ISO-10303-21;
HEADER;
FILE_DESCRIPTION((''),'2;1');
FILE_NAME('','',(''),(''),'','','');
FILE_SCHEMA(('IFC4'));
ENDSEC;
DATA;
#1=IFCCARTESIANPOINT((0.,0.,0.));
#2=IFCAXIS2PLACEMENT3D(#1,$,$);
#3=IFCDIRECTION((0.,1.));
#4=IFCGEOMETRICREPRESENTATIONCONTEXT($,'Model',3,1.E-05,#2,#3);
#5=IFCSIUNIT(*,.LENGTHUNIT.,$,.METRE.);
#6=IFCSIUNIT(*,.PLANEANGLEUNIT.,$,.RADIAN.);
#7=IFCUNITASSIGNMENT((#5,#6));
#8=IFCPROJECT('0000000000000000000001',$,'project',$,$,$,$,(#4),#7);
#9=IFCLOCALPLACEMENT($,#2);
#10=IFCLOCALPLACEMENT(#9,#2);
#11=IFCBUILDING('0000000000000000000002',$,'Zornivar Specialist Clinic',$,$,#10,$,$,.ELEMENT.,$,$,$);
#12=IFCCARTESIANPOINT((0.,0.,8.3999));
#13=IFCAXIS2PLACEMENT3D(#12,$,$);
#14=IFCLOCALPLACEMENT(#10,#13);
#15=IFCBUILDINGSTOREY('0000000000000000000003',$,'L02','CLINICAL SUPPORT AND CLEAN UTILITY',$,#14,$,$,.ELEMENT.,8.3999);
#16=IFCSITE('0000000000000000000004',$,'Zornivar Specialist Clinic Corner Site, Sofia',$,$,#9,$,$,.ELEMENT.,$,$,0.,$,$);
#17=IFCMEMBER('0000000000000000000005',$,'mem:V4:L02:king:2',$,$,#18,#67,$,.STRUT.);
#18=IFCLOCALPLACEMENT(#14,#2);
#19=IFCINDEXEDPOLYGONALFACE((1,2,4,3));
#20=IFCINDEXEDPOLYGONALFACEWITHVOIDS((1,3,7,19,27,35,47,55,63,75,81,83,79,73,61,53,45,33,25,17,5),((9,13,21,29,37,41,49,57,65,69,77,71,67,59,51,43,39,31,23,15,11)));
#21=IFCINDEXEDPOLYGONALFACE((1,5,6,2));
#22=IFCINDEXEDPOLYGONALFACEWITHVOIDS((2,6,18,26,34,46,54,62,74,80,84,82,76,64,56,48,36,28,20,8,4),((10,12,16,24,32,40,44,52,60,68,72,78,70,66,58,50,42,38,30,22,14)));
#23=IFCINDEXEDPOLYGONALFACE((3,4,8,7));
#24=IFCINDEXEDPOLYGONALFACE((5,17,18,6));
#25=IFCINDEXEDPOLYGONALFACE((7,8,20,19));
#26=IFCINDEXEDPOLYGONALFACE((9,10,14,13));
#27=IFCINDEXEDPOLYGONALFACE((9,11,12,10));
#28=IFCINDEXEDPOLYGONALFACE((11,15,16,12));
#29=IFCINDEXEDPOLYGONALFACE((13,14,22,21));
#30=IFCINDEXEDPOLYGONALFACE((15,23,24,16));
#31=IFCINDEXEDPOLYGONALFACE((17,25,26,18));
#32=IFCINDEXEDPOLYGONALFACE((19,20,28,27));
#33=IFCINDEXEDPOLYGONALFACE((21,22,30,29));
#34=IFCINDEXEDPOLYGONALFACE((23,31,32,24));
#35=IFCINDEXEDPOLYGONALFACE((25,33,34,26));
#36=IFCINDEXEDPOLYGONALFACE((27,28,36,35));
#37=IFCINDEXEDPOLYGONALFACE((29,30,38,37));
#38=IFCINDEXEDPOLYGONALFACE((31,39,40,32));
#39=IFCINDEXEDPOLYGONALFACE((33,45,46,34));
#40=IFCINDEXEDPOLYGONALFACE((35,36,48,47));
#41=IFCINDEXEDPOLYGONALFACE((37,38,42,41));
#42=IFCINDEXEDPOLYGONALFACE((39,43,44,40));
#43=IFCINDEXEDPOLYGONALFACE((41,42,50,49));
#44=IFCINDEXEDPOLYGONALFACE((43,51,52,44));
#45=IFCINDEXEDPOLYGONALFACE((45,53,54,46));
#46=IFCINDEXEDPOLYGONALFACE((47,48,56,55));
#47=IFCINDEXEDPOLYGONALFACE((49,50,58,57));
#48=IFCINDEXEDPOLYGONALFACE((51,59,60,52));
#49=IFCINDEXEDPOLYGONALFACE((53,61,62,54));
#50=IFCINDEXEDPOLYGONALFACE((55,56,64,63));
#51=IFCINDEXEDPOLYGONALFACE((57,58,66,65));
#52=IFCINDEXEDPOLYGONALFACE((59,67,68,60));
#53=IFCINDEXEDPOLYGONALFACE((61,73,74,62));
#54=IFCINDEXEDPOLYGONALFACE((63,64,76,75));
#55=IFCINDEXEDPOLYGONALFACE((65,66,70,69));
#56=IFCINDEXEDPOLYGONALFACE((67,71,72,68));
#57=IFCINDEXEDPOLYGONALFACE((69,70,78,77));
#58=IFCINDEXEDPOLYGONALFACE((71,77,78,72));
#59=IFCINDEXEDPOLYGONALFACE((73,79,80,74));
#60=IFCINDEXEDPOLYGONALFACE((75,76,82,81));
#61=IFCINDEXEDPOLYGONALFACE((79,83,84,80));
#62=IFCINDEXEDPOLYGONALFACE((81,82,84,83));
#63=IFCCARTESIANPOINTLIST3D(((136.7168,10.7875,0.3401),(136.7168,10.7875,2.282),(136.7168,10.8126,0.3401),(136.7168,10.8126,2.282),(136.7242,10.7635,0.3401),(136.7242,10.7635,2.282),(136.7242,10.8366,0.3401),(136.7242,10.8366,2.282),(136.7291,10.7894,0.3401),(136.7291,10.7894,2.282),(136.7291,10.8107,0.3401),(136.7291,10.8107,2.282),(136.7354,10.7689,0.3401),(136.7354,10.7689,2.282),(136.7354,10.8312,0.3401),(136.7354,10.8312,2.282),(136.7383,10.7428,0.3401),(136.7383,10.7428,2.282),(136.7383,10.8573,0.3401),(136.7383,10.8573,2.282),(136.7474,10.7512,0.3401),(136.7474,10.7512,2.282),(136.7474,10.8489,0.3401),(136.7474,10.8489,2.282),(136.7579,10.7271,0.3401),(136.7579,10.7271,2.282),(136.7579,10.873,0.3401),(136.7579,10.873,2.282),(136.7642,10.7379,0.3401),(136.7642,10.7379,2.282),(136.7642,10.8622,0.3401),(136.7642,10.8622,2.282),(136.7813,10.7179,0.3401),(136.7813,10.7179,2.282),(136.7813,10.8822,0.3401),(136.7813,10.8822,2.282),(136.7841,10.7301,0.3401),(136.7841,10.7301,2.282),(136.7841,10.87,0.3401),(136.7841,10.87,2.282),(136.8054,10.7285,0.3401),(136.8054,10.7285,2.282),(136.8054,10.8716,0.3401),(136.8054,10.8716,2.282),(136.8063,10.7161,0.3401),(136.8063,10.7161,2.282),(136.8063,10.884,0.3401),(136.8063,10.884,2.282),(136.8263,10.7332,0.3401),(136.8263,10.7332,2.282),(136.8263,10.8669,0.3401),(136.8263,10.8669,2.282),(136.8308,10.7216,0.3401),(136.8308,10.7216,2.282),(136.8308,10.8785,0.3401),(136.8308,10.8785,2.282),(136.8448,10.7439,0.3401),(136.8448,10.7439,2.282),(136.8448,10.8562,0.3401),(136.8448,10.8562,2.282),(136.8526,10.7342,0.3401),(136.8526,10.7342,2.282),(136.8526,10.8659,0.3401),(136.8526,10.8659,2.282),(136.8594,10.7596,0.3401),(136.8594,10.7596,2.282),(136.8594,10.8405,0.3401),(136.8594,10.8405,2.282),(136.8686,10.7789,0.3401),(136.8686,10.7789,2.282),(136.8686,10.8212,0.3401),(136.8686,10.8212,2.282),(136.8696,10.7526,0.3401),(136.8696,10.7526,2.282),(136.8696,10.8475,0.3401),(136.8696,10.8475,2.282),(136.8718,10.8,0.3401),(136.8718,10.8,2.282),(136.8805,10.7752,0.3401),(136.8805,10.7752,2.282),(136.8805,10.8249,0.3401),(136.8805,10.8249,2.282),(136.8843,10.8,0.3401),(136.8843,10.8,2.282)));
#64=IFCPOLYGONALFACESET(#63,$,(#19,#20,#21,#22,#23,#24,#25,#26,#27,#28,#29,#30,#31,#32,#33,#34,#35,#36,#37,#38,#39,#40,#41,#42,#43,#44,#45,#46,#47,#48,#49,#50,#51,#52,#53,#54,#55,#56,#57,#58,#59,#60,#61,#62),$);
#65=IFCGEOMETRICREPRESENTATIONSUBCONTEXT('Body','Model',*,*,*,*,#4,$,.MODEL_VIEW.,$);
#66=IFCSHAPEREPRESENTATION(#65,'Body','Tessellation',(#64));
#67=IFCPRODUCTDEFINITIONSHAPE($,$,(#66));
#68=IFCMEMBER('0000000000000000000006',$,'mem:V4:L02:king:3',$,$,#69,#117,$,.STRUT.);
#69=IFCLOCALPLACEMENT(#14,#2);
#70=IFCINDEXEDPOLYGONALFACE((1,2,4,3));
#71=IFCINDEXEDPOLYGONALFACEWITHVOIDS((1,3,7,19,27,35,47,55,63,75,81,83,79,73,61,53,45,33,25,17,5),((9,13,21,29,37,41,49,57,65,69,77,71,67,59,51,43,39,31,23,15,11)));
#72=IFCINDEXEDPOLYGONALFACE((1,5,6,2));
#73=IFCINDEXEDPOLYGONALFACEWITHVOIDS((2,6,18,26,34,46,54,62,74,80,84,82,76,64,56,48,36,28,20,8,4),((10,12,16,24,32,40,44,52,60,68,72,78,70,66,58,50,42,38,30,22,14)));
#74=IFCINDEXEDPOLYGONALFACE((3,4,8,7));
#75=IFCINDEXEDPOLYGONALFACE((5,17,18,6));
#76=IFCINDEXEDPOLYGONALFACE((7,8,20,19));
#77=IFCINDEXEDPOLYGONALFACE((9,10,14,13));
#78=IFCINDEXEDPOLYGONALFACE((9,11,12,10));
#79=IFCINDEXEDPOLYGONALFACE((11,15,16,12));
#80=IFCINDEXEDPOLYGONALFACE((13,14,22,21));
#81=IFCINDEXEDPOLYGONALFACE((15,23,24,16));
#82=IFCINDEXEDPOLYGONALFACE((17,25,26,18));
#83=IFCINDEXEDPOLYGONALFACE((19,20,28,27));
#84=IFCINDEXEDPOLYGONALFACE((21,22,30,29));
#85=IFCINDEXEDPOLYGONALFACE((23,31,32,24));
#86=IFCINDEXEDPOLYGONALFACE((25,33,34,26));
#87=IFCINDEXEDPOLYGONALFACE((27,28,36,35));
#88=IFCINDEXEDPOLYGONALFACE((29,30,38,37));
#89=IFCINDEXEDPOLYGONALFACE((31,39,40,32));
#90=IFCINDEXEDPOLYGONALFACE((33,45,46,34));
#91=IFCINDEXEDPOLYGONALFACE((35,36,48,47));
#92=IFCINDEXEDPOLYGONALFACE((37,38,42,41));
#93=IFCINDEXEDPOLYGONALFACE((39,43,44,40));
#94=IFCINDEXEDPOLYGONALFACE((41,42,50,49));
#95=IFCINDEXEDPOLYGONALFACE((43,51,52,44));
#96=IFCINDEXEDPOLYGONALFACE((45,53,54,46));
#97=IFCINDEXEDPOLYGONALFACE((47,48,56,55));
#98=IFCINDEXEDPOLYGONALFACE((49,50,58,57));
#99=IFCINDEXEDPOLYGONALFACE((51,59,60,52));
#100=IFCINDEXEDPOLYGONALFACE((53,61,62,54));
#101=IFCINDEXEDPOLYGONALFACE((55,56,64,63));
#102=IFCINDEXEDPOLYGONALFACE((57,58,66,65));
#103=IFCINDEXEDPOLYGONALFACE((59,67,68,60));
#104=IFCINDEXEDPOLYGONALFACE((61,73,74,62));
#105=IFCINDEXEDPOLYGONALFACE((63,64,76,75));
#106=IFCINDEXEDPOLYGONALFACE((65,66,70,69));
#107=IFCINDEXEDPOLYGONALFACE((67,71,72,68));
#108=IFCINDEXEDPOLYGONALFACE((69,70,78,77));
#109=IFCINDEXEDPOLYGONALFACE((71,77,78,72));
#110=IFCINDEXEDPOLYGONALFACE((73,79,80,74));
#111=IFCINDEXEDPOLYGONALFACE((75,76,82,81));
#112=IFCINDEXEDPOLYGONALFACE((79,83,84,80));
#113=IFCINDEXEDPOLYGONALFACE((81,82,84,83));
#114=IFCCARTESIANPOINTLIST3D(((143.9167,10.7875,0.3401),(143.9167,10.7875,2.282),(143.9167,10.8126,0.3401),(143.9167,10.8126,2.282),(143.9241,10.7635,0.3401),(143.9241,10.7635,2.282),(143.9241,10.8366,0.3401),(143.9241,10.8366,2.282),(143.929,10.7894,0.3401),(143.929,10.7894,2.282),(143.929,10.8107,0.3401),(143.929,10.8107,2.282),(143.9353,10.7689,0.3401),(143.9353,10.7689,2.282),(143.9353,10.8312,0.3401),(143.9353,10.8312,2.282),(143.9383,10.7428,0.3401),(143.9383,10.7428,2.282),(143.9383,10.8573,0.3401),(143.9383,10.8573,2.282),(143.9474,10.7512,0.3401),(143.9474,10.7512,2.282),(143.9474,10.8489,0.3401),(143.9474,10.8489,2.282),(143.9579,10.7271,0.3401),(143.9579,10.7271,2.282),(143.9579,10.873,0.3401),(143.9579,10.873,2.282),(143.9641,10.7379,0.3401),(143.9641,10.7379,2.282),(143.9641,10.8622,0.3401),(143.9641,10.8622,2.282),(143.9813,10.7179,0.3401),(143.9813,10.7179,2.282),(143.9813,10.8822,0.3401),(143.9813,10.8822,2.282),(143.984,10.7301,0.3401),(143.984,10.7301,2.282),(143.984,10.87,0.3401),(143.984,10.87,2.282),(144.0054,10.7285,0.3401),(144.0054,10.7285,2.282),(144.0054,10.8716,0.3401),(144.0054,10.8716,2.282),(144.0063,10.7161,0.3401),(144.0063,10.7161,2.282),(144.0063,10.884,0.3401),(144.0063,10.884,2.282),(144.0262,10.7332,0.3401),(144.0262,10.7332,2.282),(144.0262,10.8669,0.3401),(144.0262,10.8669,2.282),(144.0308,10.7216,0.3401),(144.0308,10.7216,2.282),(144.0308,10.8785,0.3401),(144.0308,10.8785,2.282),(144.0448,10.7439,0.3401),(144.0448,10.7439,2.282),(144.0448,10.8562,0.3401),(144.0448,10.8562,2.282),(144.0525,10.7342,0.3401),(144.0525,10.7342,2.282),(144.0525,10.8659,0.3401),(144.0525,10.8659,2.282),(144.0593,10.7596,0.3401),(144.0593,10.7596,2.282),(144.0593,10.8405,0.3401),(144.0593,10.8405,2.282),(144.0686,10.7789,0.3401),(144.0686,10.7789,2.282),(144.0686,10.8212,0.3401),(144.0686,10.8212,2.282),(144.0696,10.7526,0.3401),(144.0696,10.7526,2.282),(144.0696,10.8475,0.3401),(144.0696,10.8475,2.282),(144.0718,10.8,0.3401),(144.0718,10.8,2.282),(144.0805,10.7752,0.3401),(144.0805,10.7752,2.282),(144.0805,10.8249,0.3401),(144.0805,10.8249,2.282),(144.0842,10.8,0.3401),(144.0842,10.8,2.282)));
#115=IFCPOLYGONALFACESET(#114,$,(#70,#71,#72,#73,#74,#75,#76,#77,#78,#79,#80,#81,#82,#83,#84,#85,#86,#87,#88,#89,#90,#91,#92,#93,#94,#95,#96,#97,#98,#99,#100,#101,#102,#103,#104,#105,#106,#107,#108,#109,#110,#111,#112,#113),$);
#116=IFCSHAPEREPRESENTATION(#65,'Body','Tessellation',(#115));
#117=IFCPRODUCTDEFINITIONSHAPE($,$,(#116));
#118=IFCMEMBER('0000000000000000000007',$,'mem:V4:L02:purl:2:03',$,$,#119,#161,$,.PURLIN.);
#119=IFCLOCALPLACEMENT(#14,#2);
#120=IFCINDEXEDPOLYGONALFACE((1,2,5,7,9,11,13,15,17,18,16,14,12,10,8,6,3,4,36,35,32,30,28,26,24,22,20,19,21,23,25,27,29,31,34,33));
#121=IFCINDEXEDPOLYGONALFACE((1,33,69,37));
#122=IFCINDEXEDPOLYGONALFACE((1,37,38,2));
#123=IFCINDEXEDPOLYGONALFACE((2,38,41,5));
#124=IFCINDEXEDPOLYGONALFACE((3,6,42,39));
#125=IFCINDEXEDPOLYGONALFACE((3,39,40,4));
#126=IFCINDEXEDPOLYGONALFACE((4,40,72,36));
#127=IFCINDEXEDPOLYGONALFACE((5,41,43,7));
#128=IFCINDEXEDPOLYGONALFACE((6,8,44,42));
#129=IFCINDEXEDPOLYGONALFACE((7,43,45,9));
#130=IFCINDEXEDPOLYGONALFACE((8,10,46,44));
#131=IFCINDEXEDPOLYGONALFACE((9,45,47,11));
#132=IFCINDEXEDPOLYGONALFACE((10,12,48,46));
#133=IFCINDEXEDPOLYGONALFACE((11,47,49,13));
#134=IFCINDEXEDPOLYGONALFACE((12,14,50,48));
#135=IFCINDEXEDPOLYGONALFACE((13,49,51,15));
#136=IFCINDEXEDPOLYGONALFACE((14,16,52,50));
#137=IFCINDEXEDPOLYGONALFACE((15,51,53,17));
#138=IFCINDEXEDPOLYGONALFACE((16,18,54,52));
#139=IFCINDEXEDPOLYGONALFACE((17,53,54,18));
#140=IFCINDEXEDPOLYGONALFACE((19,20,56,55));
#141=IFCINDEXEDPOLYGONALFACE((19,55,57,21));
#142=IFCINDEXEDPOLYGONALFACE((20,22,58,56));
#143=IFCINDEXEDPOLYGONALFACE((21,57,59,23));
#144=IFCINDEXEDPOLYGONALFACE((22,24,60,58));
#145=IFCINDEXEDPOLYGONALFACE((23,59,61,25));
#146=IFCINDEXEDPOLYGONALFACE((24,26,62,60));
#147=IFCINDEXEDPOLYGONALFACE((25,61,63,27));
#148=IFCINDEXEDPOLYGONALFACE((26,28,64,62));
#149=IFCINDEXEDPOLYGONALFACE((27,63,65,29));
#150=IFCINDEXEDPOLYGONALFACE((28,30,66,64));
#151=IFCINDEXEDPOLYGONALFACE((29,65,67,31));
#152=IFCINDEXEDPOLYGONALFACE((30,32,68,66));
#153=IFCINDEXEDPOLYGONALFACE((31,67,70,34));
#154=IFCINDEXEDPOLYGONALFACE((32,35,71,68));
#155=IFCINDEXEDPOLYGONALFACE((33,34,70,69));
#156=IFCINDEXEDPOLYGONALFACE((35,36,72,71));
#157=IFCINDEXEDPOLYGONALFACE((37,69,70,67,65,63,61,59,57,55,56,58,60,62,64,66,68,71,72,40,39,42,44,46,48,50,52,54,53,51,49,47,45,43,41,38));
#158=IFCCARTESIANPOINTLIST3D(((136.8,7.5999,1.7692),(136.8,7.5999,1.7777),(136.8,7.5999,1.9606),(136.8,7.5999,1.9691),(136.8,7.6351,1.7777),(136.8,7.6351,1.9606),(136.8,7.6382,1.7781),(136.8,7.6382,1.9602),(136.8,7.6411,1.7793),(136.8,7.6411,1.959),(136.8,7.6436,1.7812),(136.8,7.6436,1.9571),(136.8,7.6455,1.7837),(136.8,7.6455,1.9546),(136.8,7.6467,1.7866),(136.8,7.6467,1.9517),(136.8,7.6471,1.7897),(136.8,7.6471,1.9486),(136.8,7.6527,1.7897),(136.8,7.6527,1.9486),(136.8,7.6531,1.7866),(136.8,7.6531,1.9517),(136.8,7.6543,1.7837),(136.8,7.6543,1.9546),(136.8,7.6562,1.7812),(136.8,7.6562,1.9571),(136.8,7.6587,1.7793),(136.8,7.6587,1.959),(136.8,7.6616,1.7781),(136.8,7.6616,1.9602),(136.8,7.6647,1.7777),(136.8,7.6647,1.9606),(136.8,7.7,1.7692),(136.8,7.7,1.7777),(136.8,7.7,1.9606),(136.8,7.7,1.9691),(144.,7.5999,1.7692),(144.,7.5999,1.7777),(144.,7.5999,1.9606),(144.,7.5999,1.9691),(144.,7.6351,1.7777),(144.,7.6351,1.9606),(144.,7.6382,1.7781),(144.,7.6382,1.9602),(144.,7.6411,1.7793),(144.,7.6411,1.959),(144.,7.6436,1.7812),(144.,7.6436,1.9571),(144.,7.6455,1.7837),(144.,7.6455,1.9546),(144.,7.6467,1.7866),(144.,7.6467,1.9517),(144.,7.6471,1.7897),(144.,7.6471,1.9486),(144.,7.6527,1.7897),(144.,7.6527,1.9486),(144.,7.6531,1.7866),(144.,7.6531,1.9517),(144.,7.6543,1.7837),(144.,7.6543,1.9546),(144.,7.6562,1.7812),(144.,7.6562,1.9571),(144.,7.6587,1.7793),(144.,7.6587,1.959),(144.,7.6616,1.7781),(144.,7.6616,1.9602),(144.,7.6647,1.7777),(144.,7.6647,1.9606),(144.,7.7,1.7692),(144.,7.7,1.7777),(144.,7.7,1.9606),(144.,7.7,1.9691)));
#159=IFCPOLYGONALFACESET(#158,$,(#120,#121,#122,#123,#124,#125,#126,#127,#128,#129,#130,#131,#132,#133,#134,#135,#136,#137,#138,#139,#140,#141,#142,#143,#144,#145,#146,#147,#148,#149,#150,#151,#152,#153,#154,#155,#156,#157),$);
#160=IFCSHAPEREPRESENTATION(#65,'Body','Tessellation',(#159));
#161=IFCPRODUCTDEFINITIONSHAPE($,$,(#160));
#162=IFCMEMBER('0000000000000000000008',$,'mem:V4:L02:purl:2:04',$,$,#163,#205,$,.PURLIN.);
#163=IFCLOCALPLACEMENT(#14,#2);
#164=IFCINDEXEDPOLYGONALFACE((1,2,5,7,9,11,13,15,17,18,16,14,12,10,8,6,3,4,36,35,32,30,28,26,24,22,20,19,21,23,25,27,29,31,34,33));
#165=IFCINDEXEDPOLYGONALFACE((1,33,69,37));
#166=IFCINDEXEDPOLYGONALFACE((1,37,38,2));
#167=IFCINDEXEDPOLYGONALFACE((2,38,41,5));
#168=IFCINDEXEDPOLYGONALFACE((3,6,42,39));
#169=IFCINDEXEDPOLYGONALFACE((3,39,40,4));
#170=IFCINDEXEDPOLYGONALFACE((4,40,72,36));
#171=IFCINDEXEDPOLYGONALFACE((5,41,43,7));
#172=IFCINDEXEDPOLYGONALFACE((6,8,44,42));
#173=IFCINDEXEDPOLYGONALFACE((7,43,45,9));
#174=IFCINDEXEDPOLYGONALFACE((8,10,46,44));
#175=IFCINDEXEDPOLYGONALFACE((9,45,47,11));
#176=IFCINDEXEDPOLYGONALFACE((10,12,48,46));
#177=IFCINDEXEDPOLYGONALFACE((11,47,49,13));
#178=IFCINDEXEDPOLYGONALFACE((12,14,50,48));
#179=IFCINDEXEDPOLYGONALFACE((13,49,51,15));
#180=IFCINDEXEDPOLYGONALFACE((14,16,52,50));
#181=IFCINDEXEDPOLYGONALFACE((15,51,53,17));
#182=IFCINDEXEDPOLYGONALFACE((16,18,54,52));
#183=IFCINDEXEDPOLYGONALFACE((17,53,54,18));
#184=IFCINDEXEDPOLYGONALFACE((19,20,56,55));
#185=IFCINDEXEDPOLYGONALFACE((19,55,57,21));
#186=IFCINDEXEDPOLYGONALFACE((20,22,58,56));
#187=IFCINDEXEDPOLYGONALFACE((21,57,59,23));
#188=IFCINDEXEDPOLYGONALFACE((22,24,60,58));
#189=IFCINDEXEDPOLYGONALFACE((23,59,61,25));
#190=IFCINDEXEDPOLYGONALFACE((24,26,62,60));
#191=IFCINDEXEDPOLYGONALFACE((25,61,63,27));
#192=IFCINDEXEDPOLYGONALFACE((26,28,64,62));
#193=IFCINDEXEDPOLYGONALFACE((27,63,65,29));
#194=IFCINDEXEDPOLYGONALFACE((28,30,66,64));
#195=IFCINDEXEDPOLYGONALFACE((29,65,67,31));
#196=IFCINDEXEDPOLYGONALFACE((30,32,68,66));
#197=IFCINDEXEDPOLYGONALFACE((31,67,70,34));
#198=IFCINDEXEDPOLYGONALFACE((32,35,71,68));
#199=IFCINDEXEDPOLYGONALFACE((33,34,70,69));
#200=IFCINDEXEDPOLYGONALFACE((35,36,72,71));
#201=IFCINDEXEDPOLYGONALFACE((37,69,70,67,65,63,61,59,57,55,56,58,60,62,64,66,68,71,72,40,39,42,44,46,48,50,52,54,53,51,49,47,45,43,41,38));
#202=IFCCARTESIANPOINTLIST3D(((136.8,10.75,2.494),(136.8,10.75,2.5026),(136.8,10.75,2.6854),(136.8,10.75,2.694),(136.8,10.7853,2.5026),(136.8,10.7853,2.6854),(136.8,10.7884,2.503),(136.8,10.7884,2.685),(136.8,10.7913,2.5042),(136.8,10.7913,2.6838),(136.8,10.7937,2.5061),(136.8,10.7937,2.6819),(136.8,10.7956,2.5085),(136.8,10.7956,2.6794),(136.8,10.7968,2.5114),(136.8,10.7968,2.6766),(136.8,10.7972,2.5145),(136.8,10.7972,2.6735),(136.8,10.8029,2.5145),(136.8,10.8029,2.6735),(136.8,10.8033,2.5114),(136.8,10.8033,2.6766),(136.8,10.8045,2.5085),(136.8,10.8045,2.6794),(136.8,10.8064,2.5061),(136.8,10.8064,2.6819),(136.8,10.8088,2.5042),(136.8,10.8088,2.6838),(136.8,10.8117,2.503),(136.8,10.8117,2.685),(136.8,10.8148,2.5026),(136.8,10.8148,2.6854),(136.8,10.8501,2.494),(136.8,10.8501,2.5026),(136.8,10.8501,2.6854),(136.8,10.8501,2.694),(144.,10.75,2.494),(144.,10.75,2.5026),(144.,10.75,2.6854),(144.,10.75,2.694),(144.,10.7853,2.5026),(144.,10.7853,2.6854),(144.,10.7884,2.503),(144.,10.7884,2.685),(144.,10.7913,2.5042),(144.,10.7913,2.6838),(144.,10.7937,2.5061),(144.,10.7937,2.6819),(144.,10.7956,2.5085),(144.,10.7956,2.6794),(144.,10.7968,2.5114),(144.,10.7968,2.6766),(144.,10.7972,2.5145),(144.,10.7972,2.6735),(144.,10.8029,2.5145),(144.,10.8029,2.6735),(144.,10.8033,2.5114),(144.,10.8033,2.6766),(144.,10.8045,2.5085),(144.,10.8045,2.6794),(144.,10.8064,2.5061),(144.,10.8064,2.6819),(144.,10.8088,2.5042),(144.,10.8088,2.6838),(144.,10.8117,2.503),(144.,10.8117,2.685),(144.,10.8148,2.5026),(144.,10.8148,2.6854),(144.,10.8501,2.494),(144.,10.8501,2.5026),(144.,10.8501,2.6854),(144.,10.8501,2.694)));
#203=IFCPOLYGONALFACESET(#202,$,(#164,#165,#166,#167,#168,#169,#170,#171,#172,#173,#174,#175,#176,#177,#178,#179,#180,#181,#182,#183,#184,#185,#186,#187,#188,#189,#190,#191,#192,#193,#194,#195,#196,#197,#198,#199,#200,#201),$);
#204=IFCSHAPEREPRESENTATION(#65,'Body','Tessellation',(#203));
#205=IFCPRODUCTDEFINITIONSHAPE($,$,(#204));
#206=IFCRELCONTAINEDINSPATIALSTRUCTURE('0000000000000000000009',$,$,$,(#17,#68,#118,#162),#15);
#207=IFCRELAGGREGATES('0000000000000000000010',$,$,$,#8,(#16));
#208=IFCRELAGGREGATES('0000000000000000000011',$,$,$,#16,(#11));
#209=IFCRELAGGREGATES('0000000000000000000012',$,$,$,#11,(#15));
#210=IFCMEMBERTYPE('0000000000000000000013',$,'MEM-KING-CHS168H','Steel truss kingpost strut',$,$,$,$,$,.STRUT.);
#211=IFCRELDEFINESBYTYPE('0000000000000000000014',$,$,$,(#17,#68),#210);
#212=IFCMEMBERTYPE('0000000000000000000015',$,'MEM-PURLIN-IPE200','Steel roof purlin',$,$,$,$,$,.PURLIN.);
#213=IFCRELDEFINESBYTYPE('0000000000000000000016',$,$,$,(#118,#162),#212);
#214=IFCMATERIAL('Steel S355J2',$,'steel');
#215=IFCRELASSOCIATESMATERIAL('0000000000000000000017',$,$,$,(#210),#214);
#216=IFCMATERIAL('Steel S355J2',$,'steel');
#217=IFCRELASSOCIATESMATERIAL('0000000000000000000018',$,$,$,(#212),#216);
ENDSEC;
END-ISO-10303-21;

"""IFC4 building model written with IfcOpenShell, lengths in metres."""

from ifc_helpers import new_model, si_unit, direction, frame, origin, origin_2d, place, context, subcontext, project, spatial, hollow_circle, i_section, extrude, material, material_profile, profile_set, type_object, element, save


model = new_model("IFC4")

# Units and contexts
model_context = context("Model", 3, precision=1e-05, world=origin(), true_north=direction((0.0, 1.0)))
body_context = subcontext(model_context, "Body", "Model", "MODEL_VIEW")
ifc_project = project(units=[si_unit("LENGTHUNIT", "METRE"), si_unit("PLANEANGLEUNIT", "RADIAN")], contexts=[model_context])

# Site, building, storey
site_placement = place(None, origin())
site = spatial("IfcSite", under=ifc_project, at=site_placement, Name="Zornivar Specialist Clinic Corner Site, Sofia", CompositionType="ELEMENT", RefElevation=0.0)
building_placement = place(site_placement, origin())
building = spatial("IfcBuilding", under=site, at=building_placement, Name="Zornivar Specialist Clinic", CompositionType="ELEMENT")
storey_placement = place(building_placement, frame((0.0, 0.0, 8.3999)))
storey = spatial("IfcBuildingStorey", under=building, at=storey_placement, Name="L02", Description="CLINICAL SUPPORT AND CLEAN UTILITY", CompositionType="ELEMENT", Elevation=8.3999)

# Members
ifc_material_1 = material(Name="Steel S355J2", Category="steel")
ifc_material_profile_1 = material_profile(ifc_material_1, hollow_circle(Radius=0.0842, WallThickness=0.0125, at=origin_2d()), Name="CHS 168.3x12.5")
ifc_profile_set_1 = profile_set([ifc_material_profile_1], Name="Steel S355J2")
member_type_1 = type_object("IfcMemberType", Name="MEM-KING-CHS168H", Description="Steel truss kingpost strut", PredefinedType="STRUT", material=ifc_profile_set_1)
for number, where, z_axis, x_axis, name in (
    (1, (136.8, 10.8, 0.3401), (0.0, 0.0, 1.0), (1.0, 0.0, 0.0), "mem:V4:L02:king:2"),
    (2, (144.0, 10.8, 0.3401), (0.0, 0.0, 1.0), (1.0, 0.0, 0.0), "mem:V4:L02:king:3"),
):
    element("IfcMember", number, at=place(storey_placement, frame(where, z_axis=z_axis, x_axis=x_axis)), inside=storey, type_object=member_type_1, Name=name, PredefinedType="STRUT", context=body_context, shape_type="SweptSolid", body=[
        extrude(hollow_circle(Radius=0.0842, WallThickness=0.0125, at=origin_2d()), origin(), (0.0, 0.0, 1.0), 1.9419),
    ])
ifc_material_2 = material(Name="Steel S355J2", Category="steel")
ifc_material_profile_2 = material_profile(ifc_material_2, i_section(OverallWidth=0.1001, OverallDepth=0.2, WebThickness=0.0056, FlangeThickness=0.0085, FilletRadius=0.012, at=origin_2d()), Name="IPE 200")
ifc_profile_set_2 = profile_set([ifc_material_profile_2], Name="Steel S355J2")
member_type_2 = type_object("IfcMemberType", Name="MEM-PURLIN-IPE200", Description="Steel roof purlin", PredefinedType="PURLIN", material=ifc_profile_set_2)
for number, where, z_axis, x_axis, name in (
    (3, (136.8, 7.6499, 1.8691), (1.0, 0.0, 0.0), (0.0, 1.0, 0.0), "mem:V4:L02:purl:2:03"),
    (4, (136.8, 10.8, 2.594), (1.0, 0.0, 0.0), (0.0, 1.0, 0.0), "mem:V4:L02:purl:2:04"),
):
    element("IfcMember", number, at=place(storey_placement, frame(where, z_axis=z_axis, x_axis=x_axis)), inside=storey, type_object=member_type_2, Name=name, PredefinedType="PURLIN", context=body_context, shape_type="SweptSolid", body=[
        extrude(i_section(OverallWidth=0.1001, OverallDepth=0.2, WebThickness=0.0056, FlangeThickness=0.0085, FilletRadius=0.012, at=origin_2d()), origin(), (0.0, 0.0, 1.0), 7.2),
    ])

save(model, "model.ifc")
